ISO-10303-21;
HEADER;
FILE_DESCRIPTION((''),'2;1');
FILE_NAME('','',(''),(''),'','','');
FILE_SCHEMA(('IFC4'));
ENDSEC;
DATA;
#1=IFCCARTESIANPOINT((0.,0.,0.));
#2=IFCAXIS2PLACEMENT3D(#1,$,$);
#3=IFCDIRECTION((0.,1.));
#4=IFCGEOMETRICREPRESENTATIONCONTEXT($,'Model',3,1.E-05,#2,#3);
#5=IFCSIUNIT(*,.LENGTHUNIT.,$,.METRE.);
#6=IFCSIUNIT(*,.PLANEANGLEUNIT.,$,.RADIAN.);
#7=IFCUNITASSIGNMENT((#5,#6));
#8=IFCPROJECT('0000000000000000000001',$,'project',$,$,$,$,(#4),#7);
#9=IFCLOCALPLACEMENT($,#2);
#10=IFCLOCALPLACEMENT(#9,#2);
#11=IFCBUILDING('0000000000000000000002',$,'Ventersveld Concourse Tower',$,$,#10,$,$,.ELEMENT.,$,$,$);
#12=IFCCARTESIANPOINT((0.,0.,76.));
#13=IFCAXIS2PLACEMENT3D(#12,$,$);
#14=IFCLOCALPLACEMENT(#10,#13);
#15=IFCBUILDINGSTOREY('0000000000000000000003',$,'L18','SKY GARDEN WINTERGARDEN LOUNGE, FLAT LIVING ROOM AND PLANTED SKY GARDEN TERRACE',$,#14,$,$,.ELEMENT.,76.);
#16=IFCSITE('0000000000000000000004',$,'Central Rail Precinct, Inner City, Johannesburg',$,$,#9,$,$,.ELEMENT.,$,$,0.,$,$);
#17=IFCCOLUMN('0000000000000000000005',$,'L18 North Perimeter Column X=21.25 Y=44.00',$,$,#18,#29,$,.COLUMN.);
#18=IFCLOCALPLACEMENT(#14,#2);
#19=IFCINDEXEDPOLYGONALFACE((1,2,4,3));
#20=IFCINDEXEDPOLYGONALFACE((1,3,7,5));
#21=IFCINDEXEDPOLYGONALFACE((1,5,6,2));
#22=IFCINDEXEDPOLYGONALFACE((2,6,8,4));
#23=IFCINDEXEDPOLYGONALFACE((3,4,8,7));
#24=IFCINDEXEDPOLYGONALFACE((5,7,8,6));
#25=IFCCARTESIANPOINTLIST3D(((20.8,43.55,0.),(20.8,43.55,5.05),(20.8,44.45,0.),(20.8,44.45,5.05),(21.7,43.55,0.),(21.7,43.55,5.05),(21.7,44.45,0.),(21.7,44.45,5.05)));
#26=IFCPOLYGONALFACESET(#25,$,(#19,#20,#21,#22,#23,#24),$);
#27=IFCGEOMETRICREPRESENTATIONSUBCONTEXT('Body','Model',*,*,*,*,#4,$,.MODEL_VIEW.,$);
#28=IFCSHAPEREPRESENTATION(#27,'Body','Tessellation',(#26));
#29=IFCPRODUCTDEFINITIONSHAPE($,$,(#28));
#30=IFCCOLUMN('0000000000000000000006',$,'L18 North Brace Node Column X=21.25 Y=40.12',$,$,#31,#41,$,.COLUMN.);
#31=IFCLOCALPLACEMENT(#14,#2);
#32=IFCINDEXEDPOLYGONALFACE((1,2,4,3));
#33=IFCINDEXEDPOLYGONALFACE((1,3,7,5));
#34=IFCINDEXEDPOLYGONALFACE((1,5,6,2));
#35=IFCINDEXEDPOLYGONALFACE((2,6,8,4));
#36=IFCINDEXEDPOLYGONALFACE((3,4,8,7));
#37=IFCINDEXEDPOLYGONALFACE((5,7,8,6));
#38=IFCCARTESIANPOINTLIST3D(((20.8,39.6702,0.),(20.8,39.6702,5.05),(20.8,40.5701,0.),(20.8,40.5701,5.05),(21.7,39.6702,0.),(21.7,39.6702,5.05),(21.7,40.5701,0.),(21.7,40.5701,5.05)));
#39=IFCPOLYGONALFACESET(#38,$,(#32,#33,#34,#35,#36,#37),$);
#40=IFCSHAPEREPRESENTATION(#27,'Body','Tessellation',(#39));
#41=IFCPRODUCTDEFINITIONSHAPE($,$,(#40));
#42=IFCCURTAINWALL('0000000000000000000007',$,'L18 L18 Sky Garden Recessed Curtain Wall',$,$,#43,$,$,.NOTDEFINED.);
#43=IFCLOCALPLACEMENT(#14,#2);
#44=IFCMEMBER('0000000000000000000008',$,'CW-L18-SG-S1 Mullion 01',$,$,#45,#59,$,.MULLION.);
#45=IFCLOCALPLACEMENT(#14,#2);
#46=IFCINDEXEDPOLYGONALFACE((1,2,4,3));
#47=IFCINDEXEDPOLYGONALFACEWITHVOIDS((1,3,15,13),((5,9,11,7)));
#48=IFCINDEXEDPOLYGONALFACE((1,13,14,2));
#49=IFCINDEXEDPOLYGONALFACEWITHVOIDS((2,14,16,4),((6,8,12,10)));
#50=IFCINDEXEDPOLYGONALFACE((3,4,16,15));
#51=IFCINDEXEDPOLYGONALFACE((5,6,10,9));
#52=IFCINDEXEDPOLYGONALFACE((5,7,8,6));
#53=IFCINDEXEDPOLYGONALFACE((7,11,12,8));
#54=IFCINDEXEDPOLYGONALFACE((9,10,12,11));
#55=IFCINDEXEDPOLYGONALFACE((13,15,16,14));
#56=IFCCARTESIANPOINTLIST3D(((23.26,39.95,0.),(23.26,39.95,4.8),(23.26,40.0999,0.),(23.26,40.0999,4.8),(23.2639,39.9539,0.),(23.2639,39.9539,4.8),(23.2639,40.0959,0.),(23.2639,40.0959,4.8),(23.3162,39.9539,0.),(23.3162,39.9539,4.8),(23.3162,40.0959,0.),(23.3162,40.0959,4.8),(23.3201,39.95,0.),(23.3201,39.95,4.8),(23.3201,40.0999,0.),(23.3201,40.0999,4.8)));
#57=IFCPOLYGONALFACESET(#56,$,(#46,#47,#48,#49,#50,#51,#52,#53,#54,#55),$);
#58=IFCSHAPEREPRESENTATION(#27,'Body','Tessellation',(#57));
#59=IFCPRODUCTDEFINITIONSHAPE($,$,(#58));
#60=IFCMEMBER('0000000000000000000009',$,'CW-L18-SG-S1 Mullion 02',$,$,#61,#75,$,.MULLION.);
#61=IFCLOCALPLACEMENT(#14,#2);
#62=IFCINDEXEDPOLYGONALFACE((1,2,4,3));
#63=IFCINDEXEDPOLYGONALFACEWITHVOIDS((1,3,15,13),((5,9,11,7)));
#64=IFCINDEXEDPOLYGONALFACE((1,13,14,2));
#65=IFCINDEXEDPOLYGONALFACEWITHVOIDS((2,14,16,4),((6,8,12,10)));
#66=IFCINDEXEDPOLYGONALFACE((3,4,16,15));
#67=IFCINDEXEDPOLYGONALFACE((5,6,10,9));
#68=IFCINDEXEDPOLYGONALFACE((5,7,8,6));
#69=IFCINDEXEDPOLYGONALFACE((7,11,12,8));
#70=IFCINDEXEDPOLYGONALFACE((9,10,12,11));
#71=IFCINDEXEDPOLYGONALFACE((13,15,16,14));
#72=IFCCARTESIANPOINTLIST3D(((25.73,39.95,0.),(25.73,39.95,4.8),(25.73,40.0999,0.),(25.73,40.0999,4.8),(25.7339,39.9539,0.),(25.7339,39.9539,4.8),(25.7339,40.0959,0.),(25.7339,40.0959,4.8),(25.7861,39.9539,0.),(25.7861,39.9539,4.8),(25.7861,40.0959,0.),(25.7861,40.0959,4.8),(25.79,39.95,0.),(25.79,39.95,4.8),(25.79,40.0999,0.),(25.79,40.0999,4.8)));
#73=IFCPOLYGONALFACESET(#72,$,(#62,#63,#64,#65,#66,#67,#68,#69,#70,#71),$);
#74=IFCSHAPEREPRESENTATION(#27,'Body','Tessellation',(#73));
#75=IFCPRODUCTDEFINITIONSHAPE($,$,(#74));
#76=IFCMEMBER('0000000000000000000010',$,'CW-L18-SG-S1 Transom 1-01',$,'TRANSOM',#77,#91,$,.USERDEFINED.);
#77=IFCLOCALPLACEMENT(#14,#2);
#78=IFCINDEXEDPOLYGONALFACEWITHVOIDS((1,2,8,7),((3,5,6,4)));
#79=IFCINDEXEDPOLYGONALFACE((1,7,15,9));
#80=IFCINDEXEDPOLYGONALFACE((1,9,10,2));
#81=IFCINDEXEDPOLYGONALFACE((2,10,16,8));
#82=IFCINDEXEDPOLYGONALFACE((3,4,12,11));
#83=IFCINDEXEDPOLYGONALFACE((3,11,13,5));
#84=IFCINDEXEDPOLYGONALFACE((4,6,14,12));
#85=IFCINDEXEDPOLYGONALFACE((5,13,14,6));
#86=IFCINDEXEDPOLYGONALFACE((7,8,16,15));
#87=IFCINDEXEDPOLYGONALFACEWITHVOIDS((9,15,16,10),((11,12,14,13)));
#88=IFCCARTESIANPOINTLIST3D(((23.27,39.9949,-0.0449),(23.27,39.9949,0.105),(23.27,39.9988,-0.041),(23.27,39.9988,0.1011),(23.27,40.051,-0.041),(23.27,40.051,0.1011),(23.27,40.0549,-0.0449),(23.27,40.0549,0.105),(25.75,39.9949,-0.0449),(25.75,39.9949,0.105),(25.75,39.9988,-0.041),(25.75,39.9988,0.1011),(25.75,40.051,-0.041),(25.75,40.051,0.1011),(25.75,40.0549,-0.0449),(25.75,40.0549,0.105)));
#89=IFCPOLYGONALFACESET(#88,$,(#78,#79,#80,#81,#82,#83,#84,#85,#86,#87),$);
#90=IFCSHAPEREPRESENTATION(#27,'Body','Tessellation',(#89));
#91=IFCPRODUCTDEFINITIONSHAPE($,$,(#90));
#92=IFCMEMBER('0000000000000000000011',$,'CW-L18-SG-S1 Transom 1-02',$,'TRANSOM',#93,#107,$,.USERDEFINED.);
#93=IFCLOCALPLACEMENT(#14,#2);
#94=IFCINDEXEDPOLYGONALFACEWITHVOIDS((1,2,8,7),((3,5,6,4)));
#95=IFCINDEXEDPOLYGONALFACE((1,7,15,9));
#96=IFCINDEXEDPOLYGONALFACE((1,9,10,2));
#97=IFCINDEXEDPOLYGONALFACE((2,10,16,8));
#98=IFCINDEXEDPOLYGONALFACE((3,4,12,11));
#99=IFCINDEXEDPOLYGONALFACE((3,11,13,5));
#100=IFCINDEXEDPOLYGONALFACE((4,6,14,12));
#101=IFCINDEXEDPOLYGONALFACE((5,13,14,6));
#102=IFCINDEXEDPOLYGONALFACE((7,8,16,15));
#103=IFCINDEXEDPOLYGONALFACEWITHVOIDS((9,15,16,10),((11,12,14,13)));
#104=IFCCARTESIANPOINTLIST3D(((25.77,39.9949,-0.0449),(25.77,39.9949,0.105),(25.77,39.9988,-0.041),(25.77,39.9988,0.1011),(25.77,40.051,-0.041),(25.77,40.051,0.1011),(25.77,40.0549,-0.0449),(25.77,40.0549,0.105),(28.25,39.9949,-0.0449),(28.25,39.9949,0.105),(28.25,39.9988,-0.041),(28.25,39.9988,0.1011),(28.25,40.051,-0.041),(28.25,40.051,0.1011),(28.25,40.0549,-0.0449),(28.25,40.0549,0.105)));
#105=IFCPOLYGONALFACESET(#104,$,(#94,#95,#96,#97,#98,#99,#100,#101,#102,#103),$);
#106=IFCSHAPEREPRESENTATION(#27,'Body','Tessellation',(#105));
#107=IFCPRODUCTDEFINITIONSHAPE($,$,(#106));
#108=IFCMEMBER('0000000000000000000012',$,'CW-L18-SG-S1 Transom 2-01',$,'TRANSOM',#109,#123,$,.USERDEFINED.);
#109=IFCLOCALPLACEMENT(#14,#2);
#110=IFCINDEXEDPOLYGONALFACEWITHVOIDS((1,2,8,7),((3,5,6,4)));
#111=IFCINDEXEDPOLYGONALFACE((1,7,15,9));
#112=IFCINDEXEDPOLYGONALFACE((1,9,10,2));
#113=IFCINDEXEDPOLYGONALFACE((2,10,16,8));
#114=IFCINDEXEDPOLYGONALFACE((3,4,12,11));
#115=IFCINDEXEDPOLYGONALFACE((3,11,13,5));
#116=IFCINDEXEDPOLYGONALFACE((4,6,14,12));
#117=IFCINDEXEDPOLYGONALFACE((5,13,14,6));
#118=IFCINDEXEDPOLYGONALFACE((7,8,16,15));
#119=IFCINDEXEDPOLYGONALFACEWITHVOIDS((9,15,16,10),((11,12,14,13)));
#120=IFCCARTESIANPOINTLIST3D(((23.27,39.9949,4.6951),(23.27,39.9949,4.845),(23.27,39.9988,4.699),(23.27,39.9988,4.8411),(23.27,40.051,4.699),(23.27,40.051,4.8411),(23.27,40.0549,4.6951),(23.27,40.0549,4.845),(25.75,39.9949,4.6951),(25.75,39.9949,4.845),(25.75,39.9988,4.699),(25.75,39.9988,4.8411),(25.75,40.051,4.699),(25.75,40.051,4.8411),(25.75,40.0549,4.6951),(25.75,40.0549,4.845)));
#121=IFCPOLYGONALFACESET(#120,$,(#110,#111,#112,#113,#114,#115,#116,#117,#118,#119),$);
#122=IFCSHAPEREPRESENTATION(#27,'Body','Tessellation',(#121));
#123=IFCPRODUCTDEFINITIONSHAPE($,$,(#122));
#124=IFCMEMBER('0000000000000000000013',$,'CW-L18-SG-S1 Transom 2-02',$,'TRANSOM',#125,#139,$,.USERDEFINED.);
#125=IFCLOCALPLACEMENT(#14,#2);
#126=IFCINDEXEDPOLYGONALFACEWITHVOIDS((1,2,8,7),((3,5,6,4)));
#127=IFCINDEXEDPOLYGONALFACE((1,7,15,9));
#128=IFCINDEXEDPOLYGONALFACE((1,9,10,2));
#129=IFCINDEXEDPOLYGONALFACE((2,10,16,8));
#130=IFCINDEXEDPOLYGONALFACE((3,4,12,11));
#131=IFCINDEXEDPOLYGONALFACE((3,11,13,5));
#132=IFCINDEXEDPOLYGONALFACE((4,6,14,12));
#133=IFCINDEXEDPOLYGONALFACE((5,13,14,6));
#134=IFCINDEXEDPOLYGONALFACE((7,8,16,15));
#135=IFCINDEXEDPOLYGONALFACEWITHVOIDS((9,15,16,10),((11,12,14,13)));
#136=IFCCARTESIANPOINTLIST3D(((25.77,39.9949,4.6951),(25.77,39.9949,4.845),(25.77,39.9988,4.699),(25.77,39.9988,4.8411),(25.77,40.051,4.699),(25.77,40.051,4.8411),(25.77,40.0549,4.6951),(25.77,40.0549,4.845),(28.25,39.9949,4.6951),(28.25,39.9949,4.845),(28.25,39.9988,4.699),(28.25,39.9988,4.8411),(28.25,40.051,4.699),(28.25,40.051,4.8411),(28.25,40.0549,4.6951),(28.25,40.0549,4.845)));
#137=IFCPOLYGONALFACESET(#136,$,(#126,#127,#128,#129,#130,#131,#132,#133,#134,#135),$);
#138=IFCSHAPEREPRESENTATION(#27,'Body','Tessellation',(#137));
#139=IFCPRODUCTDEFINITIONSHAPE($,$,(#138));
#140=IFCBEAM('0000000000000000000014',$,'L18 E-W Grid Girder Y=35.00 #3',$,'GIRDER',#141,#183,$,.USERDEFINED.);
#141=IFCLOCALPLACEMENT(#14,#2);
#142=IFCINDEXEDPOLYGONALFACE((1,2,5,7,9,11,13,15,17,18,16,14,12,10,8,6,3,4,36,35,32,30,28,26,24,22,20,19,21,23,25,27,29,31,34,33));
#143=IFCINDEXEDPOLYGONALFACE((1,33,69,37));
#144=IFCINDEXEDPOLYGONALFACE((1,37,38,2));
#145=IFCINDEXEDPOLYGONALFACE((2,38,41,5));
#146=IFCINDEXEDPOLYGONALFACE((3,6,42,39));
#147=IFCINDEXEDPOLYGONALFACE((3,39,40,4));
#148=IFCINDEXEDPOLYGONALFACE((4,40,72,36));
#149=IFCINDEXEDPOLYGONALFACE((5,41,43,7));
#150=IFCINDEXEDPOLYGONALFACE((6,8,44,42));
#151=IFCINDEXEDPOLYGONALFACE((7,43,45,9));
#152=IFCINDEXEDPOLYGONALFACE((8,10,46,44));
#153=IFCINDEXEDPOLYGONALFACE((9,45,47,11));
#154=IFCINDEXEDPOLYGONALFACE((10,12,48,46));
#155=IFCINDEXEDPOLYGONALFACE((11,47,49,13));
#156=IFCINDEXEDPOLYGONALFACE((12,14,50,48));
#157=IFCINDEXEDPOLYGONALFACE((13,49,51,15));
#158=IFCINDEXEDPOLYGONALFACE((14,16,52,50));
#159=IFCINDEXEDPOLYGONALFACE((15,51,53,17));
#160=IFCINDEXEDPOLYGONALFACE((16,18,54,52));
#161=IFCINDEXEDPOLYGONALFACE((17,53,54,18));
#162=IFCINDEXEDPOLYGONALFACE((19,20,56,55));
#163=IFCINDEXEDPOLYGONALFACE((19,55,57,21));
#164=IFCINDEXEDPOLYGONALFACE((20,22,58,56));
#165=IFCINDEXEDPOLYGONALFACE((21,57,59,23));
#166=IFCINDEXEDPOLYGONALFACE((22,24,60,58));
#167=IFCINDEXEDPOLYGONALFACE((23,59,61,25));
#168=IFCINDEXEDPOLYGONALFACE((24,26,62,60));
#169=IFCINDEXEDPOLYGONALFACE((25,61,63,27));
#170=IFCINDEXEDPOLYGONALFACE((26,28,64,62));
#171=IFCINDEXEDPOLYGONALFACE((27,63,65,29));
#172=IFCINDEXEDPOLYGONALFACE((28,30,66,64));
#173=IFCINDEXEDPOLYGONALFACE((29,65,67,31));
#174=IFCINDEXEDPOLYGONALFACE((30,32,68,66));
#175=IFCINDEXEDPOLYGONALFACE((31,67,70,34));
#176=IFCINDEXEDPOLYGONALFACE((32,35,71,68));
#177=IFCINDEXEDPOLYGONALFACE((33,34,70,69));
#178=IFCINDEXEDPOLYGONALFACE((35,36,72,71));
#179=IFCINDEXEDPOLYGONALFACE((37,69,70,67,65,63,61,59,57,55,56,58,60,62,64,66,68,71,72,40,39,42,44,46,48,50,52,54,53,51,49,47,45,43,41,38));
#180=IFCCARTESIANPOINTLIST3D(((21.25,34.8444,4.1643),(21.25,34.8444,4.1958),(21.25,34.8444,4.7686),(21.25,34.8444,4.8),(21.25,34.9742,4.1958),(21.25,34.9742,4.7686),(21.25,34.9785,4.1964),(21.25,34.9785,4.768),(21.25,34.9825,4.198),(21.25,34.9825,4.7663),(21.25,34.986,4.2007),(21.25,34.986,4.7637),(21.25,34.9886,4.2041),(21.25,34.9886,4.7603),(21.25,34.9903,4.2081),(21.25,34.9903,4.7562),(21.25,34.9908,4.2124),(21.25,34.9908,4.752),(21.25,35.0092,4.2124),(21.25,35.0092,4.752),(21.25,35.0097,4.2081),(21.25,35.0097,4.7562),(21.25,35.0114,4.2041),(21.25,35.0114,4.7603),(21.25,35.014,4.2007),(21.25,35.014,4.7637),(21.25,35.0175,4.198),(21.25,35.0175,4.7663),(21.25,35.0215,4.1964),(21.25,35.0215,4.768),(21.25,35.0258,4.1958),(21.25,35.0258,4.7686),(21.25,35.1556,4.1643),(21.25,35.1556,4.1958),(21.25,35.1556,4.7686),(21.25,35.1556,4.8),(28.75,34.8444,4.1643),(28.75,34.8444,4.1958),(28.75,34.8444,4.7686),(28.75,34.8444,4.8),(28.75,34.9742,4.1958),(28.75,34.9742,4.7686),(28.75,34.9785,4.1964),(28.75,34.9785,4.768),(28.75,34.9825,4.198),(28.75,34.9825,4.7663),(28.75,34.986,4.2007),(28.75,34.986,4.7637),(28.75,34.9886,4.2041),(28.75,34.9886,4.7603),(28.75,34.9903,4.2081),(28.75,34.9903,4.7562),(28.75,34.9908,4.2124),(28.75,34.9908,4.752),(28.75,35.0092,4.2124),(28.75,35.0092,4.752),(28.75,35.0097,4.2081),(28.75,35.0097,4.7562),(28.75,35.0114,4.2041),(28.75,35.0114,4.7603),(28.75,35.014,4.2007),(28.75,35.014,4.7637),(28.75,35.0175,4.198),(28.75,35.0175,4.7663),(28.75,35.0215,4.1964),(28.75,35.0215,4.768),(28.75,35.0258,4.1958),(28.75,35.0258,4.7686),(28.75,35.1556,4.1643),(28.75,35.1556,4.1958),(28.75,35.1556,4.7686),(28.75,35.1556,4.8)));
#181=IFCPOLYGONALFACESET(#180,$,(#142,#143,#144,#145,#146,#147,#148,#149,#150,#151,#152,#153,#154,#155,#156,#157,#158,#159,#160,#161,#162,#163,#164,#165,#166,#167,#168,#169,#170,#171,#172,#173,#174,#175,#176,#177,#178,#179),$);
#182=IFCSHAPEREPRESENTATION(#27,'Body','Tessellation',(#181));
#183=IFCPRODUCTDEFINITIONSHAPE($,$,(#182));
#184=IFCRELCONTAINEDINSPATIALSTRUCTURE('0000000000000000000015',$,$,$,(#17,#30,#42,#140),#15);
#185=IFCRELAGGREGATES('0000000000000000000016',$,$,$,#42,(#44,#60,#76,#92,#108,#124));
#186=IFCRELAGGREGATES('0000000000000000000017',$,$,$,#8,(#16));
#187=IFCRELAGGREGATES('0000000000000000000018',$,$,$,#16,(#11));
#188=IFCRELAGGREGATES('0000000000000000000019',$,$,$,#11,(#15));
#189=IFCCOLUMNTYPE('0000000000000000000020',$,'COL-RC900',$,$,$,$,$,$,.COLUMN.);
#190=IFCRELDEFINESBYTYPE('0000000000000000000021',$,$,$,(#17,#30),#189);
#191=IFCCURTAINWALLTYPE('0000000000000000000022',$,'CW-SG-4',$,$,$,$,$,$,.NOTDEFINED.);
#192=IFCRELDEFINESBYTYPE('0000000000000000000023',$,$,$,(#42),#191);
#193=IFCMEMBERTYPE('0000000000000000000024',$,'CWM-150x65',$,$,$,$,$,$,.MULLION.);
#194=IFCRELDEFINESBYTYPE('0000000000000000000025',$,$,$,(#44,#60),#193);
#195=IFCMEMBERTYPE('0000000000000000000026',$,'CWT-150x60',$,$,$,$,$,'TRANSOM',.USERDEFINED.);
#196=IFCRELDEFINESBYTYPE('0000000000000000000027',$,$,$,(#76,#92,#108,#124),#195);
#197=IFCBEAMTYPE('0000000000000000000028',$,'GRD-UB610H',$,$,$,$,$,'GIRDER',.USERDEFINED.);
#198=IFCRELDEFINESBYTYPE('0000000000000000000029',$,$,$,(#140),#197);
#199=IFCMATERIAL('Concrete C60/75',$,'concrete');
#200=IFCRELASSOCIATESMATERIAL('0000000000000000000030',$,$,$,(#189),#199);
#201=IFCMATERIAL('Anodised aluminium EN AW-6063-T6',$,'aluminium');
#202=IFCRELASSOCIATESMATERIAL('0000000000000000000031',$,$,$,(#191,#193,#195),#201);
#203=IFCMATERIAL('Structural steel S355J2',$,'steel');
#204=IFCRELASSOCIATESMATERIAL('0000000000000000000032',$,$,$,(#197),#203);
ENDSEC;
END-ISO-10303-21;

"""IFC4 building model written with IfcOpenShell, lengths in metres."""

from ifc_helpers import new_model, si_unit, direction, frame, origin, origin_2d, place, context, subcontext, project, spatial, rectangle, hollow_rectangle, i_section, extrude, material, material_profile, profile_set, type_object, element, aggregate, save


model = new_model("IFC4")

# Units and contexts
model_context = context("Model", 3, precision=1e-05, world=origin(), true_north=direction((0.0, 1.0)))
body_context = subcontext(model_context, "Body", "Model", "MODEL_VIEW")
ifc_project = project(units=[si_unit("LENGTHUNIT", "METRE"), si_unit("PLANEANGLEUNIT", "RADIAN")], contexts=[model_context])

# Site, building, storey
site_placement = place(None, origin())
site = spatial("IfcSite", under=ifc_project, at=site_placement, Name="Central Rail Precinct, Inner City, Johannesburg", CompositionType="ELEMENT", RefElevation=0.0)
building_placement = place(site_placement, origin())
building = spatial("IfcBuilding", under=site, at=building_placement, Name="Ventersveld Concourse Tower", CompositionType="ELEMENT")
storey_placement = place(building_placement, frame((0.0, 0.0, 76.0)))
storey = spatial("IfcBuildingStorey", under=building, at=storey_placement, Name="L18", Description="SKY GARDEN WINTERGARDEN LOUNGE, FLAT LIVING ROOM AND PLANTED SKY GARDEN TERRACE", CompositionType="ELEMENT", Elevation=76.0)

# Columns
ifc_material_1 = material(Name="Concrete C60/75", Category="concrete")
ifc_material_profile_1 = material_profile(ifc_material_1, rectangle(XDim=0.8999, YDim=0.8999, at=origin_2d()), Name="RC 900x900")
ifc_profile_set_1 = profile_set([ifc_material_profile_1], Name="Concrete C60/75")
column_type = type_object("IfcColumnType", Name="COL-RC900", PredefinedType="COLUMN", material=ifc_profile_set_1)
for number, where, z_axis, x_axis, name in (
    (1, (21.25, 44.0, 0.0), (0.0, 0.0, 1.0), (1.0, 0.0, 0.0), "L18 North Perimeter Column X=21.25 Y=44.00"),
    (2, (21.25, 40.1201, 0.0), (0.0, 0.0, 1.0), (1.0, 0.0, 0.0), "L18 North Brace Node Column X=21.25 Y=40.12"),
):
    element("IfcColumn", number, at=place(storey_placement, frame(where, z_axis=z_axis, x_axis=x_axis)), inside=storey, type_object=column_type, Name=name, PredefinedType="COLUMN", context=body_context, shape_type="SweptSolid", body=[
        extrude(rectangle(XDim=0.8999, YDim=0.8999, at=origin_2d()), origin(), (0.0, 0.0, 1.0), 5.05),
    ])

# Curtain wall, members
ifc_material_2 = material(Name="Anodised aluminium EN AW-6063-T6", Category="aluminium")
curtain_wall_type = type_object("IfcCurtainWallType", Name="CW-SG-4", PredefinedType="NOTDEFINED", material=ifc_material_2)
curtain_wall_placement = place(storey_placement, origin())
curtain_wall = element("IfcCurtainWall", 3, at=curtain_wall_placement, inside=storey, type_object=curtain_wall_type, Name="L18 L18 Sky Garden Recessed Curtain Wall", PredefinedType="NOTDEFINED")
ifc_material_profile_2 = material_profile(ifc_material_2, hollow_rectangle(XDim=0.0601, YDim=0.1499, WallThickness=0.0039, at=origin_2d()), Name="ALU 150x60x4")
ifc_profile_set_2 = profile_set([ifc_material_profile_2], Name="Anodised aluminium EN AW-6063-T6")
member_type_1 = type_object("IfcMemberType", Name="CWM-150x65", PredefinedType="MULLION", material=ifc_profile_set_2)
member_1_placement = place(storey_placement, frame((23.29, 40.0249, 0.0), z_axis=(0.0, 0.0, 1.0), x_axis=(1.0, 0.0, 0.0)))
member_1 = element("IfcMember", 4, at=member_1_placement, type_object=member_type_1, Name="CW-L18-SG-S1 Mullion 01", PredefinedType="MULLION", context=body_context, shape_type="SweptSolid", body=[
    extrude(hollow_rectangle(XDim=0.0601, YDim=0.1499, WallThickness=0.0039, at=origin_2d()), origin(), (0.0, 0.0, 1.0), 4.8),
])
member_2_placement = place(storey_placement, frame((25.76, 40.0249, 0.0), z_axis=(0.0, 0.0, 1.0), x_axis=(1.0, 0.0, 0.0)))
member_2 = element("IfcMember", 5, at=member_2_placement, type_object=member_type_1, Name="CW-L18-SG-S1 Mullion 02", PredefinedType="MULLION", context=body_context, shape_type="SweptSolid", body=[
    extrude(hollow_rectangle(XDim=0.0601, YDim=0.1499, WallThickness=0.0039, at=origin_2d()), origin(), (0.0, 0.0, 1.0), 4.8),
])
ifc_material_profile_3 = material_profile(ifc_material_2, hollow_rectangle(XDim=0.0601, YDim=0.1499, WallThickness=0.0039, at=origin_2d()), Name="ALU 150x60x4")
ifc_profile_set_3 = profile_set([ifc_material_profile_3], Name="Anodised aluminium EN AW-6063-T6")
member_type_2 = type_object("IfcMemberType", Name="CWT-150x60", ElementType="TRANSOM", PredefinedType="USERDEFINED", material=ifc_profile_set_3)
member_3_placement = place(storey_placement, frame((23.27, 40.0249, 0.03), z_axis=(1.0, 0.0, 0.0), x_axis=(0.0, 1.0, 0.0)))
member_3 = element("IfcMember", 6, at=member_3_placement, type_object=member_type_2, Name="CW-L18-SG-S1 Transom 1-01", ObjectType="TRANSOM", PredefinedType="USERDEFINED", context=body_context, shape_type="SweptSolid", body=[
    extrude(hollow_rectangle(XDim=0.0601, YDim=0.1499, WallThickness=0.0039, at=origin_2d()), origin(), (0.0, 0.0, 1.0), 2.48),
])
member_4_placement = place(storey_placement, frame((25.77, 40.0249, 0.03), z_axis=(1.0, 0.0, 0.0), x_axis=(0.0, 1.0, 0.0)))
member_4 = element("IfcMember", 7, at=member_4_placement, type_object=member_type_2, Name="CW-L18-SG-S1 Transom 1-02", ObjectType="TRANSOM", PredefinedType="USERDEFINED", context=body_context, shape_type="SweptSolid", body=[
    extrude(hollow_rectangle(XDim=0.0601, YDim=0.1499, WallThickness=0.0039, at=origin_2d()), origin(), (0.0, 0.0, 1.0), 2.48),
])
member_5_placement = place(storey_placement, frame((23.27, 40.0249, 4.77), z_axis=(1.0, 0.0, 0.0), x_axis=(0.0, 1.0, 0.0)))
member_5 = element("IfcMember", 8, at=member_5_placement, type_object=member_type_2, Name="CW-L18-SG-S1 Transom 2-01", ObjectType="TRANSOM", PredefinedType="USERDEFINED", context=body_context, shape_type="SweptSolid", body=[
    extrude(hollow_rectangle(XDim=0.0601, YDim=0.1499, WallThickness=0.0039, at=origin_2d()), origin(), (0.0, 0.0, 1.0), 2.48),
])
member_6_placement = place(storey_placement, frame((25.77, 40.0249, 4.77), z_axis=(1.0, 0.0, 0.0), x_axis=(0.0, 1.0, 0.0)))
member_6 = element("IfcMember", 9, at=member_6_placement, type_object=member_type_2, Name="CW-L18-SG-S1 Transom 2-02", ObjectType="TRANSOM", PredefinedType="USERDEFINED", context=body_context, shape_type="SweptSolid", body=[
    extrude(hollow_rectangle(XDim=0.0601, YDim=0.1499, WallThickness=0.0039, at=origin_2d()), origin(), (0.0, 0.0, 1.0), 2.48),
])

# Beam
ifc_material_3 = material(Name="Structural steel S355J2", Category="steel")
ifc_material_profile_4 = material_profile(ifc_material_3, i_section(OverallWidth=0.3113, OverallDepth=0.6357, WebThickness=0.0183, FlangeThickness=0.0315, FilletRadius=0.0166, at=origin_2d()), Name="UB 610x305x238")
ifc_profile_set_4 = profile_set([ifc_material_profile_4], Name="Structural steel S355J2")
beam_type_1 = type_object("IfcBeamType", Name="GRD-UB610H", ElementType="GIRDER", PredefinedType="USERDEFINED", material=ifc_profile_set_4)
beam_1_placement = place(storey_placement, frame((21.25, 35.0, 4.4822), z_axis=(1.0, 0.0, 0.0), x_axis=(0.0, 1.0, 0.0)))
element("IfcBeam", 10, at=beam_1_placement, inside=storey, type_object=beam_type_1, Name="L18 E-W Grid Girder Y=35.00 #3", ObjectType="GIRDER", PredefinedType="USERDEFINED", context=body_context, shape_type="SweptSolid", body=[
    extrude(i_section(OverallWidth=0.3113, OverallDepth=0.6357, WebThickness=0.0183, FlangeThickness=0.0315, FilletRadius=0.0166, at=origin_2d()), origin(), (0.0, 0.0, 1.0), 7.5),
])

aggregate(curtain_wall, [member_1, member_2, member_3, member_4, member_5, member_6])

save(model, "model.ifc")
